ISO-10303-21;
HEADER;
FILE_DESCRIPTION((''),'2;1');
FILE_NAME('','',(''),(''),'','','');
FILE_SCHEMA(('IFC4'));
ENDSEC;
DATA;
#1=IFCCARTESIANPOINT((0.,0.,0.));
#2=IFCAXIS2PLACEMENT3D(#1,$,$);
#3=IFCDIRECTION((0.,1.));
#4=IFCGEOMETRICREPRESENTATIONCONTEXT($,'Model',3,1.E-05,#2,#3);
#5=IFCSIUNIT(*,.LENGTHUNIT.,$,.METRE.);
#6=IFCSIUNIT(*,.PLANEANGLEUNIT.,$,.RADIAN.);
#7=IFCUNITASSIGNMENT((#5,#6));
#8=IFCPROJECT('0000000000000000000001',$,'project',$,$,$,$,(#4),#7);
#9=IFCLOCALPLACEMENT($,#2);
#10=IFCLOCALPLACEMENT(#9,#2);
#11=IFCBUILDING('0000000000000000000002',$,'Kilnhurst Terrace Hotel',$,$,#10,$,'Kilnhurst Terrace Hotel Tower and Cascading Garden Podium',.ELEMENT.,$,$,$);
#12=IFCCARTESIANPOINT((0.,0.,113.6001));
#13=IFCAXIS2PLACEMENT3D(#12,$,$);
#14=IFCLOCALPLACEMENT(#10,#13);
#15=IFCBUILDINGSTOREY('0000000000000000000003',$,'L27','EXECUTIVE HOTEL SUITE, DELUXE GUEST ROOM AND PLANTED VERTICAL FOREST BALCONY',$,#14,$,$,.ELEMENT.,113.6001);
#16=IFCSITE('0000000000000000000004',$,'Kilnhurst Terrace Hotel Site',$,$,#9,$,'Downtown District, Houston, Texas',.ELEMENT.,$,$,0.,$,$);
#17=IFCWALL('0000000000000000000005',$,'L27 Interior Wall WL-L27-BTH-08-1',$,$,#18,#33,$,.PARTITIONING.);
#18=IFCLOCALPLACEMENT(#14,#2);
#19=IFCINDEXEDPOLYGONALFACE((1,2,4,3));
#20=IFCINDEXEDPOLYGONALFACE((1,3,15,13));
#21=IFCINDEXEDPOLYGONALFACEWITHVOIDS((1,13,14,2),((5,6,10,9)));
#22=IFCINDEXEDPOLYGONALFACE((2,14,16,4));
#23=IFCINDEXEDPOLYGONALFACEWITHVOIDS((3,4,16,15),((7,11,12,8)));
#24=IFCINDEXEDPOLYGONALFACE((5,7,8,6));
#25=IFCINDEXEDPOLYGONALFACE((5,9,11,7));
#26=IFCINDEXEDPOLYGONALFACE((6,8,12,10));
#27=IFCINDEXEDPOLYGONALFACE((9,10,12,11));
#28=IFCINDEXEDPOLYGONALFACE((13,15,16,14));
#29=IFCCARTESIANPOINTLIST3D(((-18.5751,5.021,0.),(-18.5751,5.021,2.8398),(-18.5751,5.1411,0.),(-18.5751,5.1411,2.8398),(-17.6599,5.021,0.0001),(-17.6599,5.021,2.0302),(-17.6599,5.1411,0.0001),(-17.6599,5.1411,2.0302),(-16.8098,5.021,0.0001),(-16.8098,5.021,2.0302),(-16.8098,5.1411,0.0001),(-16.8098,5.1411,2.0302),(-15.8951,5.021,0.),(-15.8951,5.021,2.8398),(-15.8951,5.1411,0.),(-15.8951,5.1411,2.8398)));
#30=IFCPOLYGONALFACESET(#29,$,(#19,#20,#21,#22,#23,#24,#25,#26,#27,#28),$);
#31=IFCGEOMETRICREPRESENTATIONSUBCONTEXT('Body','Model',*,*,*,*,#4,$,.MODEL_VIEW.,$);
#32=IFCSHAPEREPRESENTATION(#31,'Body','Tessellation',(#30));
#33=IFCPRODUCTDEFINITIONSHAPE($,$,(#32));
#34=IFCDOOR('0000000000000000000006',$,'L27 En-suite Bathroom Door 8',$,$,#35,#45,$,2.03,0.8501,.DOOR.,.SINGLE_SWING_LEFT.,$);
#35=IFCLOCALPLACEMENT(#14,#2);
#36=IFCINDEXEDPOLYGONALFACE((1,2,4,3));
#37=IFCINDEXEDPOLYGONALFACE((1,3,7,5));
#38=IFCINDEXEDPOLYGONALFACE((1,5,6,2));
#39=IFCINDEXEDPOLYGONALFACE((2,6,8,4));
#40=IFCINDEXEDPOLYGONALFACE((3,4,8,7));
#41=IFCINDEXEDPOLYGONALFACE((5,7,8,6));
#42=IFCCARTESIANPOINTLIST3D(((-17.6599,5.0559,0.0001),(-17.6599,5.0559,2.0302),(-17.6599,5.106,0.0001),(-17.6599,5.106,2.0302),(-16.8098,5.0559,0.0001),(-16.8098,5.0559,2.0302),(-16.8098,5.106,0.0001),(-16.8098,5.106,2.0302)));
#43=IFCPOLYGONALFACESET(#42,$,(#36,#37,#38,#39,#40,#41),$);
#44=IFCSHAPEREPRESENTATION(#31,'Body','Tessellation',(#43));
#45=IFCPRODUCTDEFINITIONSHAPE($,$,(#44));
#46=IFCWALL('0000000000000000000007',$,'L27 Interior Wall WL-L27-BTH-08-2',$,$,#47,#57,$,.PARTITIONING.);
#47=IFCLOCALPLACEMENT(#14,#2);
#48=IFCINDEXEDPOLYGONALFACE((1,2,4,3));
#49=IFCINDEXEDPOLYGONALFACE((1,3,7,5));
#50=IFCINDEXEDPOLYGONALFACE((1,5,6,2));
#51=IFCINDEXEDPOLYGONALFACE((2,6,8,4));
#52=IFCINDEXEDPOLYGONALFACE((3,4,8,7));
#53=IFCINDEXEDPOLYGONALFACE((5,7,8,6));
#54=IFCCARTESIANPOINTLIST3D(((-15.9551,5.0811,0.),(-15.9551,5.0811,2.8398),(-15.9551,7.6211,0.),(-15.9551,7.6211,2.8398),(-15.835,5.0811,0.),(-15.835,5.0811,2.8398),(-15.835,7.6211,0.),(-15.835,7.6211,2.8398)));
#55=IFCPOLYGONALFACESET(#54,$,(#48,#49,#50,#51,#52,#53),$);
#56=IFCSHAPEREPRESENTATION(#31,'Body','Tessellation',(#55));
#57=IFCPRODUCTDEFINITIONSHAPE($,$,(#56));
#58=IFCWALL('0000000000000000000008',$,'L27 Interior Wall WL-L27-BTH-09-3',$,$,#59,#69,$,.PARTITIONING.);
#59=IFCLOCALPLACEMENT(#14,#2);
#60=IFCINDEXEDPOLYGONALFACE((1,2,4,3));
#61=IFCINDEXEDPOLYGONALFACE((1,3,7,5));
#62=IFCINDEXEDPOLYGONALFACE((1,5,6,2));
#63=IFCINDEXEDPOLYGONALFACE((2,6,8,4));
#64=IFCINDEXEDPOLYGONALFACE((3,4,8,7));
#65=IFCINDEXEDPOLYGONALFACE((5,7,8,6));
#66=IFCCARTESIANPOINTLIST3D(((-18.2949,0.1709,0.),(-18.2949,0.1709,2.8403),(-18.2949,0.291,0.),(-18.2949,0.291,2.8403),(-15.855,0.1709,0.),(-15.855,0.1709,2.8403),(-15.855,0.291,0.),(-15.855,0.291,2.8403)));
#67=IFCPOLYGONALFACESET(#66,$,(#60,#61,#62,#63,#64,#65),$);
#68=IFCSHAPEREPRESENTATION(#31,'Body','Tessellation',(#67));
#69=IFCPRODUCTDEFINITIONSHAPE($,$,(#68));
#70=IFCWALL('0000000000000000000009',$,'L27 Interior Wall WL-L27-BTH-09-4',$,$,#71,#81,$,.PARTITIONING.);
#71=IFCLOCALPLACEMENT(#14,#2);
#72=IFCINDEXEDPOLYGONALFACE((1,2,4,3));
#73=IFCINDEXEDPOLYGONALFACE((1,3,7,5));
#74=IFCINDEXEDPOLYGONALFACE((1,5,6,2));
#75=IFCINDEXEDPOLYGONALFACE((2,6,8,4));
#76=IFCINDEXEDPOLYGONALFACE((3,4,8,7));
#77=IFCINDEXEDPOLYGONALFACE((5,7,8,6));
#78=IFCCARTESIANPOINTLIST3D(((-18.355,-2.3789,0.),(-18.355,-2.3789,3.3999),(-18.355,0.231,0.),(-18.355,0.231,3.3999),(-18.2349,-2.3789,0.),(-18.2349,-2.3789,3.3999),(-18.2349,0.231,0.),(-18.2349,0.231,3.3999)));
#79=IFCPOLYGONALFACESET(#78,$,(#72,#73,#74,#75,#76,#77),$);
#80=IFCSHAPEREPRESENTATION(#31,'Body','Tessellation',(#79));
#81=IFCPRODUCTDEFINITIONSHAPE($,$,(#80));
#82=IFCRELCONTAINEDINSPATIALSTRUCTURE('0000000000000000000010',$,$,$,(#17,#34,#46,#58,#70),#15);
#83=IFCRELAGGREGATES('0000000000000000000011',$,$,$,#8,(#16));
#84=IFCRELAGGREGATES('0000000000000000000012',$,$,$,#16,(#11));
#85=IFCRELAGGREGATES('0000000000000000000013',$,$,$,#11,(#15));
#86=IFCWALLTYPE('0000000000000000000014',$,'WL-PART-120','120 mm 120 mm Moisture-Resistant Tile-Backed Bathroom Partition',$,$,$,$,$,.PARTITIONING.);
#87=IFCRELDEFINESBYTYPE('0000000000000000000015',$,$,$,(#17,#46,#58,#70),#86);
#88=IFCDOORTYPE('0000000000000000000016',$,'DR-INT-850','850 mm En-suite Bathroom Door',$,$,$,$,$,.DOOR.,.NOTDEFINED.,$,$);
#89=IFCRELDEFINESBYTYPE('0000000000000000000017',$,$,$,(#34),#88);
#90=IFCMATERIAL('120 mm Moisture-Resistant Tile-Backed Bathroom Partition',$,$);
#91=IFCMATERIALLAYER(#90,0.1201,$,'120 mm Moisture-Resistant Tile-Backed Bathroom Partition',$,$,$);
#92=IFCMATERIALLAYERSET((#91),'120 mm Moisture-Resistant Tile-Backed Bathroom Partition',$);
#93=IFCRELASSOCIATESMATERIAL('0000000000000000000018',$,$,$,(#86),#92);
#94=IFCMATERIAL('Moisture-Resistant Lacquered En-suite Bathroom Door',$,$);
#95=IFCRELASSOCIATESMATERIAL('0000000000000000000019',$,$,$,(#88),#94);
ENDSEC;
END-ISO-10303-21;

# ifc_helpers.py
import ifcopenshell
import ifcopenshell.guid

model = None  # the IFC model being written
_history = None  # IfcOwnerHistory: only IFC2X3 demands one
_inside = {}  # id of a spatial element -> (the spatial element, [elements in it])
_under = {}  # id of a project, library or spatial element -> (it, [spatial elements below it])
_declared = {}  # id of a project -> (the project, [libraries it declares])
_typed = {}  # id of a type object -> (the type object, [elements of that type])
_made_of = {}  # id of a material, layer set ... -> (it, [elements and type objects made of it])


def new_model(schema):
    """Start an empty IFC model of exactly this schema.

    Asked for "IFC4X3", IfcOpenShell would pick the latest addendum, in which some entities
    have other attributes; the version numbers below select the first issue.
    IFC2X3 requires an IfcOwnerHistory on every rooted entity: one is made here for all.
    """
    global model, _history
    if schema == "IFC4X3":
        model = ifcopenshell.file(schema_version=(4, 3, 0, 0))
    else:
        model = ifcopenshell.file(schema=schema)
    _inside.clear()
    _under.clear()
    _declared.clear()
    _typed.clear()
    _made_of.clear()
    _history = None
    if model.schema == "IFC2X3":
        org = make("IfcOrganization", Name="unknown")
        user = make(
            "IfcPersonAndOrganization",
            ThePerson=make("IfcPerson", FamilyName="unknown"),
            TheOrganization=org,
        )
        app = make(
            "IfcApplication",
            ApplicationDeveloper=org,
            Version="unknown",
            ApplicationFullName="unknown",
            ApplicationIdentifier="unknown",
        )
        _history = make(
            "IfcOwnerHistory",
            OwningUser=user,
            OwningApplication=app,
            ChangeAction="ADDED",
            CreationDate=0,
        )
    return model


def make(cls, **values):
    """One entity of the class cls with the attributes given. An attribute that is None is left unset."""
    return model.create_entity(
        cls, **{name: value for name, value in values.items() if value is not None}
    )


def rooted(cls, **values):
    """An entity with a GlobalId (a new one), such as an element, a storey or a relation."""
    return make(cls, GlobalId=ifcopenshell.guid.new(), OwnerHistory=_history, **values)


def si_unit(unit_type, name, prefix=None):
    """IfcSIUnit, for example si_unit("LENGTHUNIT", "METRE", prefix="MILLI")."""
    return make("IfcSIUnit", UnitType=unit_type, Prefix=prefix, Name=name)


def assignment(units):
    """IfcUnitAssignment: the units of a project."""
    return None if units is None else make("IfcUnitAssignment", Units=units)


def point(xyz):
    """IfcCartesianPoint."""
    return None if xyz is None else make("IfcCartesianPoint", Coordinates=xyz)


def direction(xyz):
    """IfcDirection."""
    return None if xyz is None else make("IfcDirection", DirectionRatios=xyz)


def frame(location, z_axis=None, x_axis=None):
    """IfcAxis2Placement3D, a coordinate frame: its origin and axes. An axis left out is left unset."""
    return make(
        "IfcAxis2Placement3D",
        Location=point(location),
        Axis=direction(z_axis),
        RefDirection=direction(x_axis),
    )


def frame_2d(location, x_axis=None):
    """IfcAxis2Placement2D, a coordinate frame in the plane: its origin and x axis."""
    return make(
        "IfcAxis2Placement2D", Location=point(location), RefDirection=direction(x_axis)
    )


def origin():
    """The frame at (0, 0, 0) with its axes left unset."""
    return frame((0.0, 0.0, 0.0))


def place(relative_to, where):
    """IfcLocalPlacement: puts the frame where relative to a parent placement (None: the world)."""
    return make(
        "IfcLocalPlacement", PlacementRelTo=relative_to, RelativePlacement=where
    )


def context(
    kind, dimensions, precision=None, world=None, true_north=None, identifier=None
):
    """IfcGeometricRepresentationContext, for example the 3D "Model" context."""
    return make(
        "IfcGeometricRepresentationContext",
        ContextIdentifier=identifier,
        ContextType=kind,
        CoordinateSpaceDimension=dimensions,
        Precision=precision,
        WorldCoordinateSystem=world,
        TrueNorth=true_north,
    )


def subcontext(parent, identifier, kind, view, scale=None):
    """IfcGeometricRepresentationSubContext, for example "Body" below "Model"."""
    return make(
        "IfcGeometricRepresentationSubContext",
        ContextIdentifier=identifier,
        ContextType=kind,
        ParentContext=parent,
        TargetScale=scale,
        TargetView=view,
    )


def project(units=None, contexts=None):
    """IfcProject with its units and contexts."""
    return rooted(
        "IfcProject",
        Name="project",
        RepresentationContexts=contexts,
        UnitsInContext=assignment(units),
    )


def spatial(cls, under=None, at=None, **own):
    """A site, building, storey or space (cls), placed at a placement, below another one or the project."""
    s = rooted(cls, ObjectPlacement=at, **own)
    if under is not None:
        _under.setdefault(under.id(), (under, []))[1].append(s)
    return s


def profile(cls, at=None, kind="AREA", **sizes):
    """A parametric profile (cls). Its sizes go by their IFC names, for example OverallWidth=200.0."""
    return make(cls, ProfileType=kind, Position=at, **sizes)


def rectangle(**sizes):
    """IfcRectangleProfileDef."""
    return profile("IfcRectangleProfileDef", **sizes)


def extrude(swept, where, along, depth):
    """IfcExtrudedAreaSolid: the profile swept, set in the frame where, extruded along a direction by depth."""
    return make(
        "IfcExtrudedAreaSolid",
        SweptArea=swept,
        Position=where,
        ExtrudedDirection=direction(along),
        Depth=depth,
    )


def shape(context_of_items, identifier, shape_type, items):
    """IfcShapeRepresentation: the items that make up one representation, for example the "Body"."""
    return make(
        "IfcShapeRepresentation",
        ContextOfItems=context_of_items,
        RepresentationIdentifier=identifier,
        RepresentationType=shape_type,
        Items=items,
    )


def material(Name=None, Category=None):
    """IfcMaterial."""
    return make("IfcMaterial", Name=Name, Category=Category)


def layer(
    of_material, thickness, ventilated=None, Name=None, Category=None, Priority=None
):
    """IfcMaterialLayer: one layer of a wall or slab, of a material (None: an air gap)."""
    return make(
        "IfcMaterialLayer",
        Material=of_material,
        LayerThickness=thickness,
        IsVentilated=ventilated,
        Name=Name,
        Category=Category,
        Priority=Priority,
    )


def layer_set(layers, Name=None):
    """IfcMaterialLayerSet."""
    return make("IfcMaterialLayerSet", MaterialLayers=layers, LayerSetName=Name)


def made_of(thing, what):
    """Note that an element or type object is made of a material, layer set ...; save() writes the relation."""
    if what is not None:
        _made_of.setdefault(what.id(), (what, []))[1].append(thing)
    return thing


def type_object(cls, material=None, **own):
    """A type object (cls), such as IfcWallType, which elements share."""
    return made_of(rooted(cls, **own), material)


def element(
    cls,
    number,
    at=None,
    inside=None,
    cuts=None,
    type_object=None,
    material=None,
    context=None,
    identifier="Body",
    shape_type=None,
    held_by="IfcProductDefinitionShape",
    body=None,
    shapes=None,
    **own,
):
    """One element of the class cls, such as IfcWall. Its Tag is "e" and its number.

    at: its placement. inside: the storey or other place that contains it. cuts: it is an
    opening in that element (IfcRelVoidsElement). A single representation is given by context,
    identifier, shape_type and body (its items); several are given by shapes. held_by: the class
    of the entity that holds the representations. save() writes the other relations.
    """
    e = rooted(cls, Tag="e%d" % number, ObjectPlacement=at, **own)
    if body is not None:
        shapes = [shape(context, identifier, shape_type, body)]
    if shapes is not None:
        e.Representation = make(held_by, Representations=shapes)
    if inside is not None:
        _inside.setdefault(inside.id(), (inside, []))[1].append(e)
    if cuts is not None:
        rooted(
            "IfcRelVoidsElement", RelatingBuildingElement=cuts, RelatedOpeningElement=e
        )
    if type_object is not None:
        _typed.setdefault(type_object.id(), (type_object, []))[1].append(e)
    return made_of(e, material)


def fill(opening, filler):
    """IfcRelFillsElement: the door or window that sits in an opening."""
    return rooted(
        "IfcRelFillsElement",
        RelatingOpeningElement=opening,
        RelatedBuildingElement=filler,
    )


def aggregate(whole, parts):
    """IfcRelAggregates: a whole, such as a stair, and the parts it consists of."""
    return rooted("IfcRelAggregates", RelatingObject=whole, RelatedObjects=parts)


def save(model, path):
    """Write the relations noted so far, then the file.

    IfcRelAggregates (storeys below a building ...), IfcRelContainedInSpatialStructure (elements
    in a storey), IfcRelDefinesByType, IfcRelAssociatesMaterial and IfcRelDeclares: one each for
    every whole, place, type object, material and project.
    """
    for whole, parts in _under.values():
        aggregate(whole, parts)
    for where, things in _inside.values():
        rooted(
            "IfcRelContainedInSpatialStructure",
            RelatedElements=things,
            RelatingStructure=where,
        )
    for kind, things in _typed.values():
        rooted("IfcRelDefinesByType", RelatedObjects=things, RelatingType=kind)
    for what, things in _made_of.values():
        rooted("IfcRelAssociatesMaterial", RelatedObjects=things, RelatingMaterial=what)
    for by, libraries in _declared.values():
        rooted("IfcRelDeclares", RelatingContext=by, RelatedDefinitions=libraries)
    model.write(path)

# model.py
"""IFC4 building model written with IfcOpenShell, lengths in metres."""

from ifc_helpers import new_model, si_unit, direction, frame, frame_2d, origin, place, context, subcontext, project, spatial, rectangle, extrude, material, layer, layer_set, type_object, element, fill, save


model = new_model("IFC4")

# Units and contexts
model_context = context("Model", 3, precision=1e-05, world=origin(), true_north=direction((0.0, 1.0)))
body_context = subcontext(model_context, "Body", "Model", "MODEL_VIEW")
ifc_project = project(units=[si_unit("LENGTHUNIT", "METRE"), si_unit("PLANEANGLEUNIT", "RADIAN")], contexts=[model_context])

# Site, building, storey
site_placement = place(None, origin())
site = spatial("IfcSite", under=ifc_project, at=site_placement, Name="Kilnhurst Terrace Hotel Site", LongName="Downtown District, Houston, Texas", CompositionType="ELEMENT", RefElevation=0.0)
building_placement = place(site_placement, origin())
building = spatial("IfcBuilding", under=site, at=building_placement, Name="Kilnhurst Terrace Hotel", LongName="Kilnhurst Terrace Hotel Tower and Cascading Garden Podium", CompositionType="ELEMENT")
storey_placement = place(building_placement, frame((0.0, 0.0, 113.6001)))
storey = spatial("IfcBuildingStorey", under=building, at=storey_placement, Name="L27", Description="EXECUTIVE HOTEL SUITE, DELUXE GUEST ROOM AND PLANTED VERTICAL FOREST BALCONY", CompositionType="ELEMENT", Elevation=113.6001)

# Wall, opening, door
ifc_material_1 = material(Name="120 mm Moisture-Resistant Tile-Backed Bathroom Partition")
ifc_layer_1 = layer(ifc_material_1, 0.1201, Name="120 mm Moisture-Resistant Tile-Backed Bathroom Partition")
ifc_layer_set_1 = layer_set([ifc_layer_1], Name="120 mm Moisture-Resistant Tile-Backed Bathroom Partition")
wall_type_1 = type_object("IfcWallType", Name="WL-PART-120", Description="120 mm 120 mm Moisture-Resistant Tile-Backed Bathroom Partition", PredefinedType="PARTITIONING", material=ifc_layer_set_1)
wall_1_placement = place(storey_placement, frame((-18.575, 5.0811, 0.0), z_axis=(0.0, 0.0, 1.0), x_axis=(1.0, 0.0, 0.0)))
wall_1 = element("IfcWall", 1, at=wall_1_placement, inside=storey, type_object=wall_type_1, Name="L27 Interior Wall WL-L27-BTH-08-1", PredefinedType="PARTITIONING", context=body_context, shape_type="SweptSolid", body=[
    extrude(rectangle(XDim=2.6799, YDim=0.1201, at=frame_2d((1.3398, 0.0))), origin(), (0.0, 0.0, 1.0), 2.8398),
])
opening_placement = place(wall_1_placement, frame((0.915, 0.0, 0.0)))
opening = element("IfcOpeningElement", 2, at=opening_placement, cuts=wall_1, PredefinedType="OPENING", context=body_context, shape_type="SweptSolid", body=[
    extrude(rectangle(XDim=0.8501, YDim=2.03, at=frame_2d((0.425, 1.0151))), frame((0.0, 0.0701, 0.0), z_axis=(0.0, -1.0, 0.0), x_axis=(1.0, 0.0, 0.0)), (0.0, 0.0, 1.0), 0.1401),
])
ifc_material_2 = material(Name="Moisture-Resistant Lacquered En-suite Bathroom Door")
door_type = type_object("IfcDoorType", Name="DR-INT-850", Description="850 mm En-suite Bathroom Door", OperationType="NOTDEFINED", PredefinedType="DOOR", material=ifc_material_2)
door_placement = place(opening_placement, origin())
door = element("IfcDoor", 3, at=door_placement, inside=storey, type_object=door_type, Name="L27 En-suite Bathroom Door 8", OperationType="SINGLE_SWING_LEFT", OverallHeight=2.03, OverallWidth=0.8501, PredefinedType="DOOR", context=body_context, shape_type="SweptSolid", body=[
    extrude(rectangle(XDim=0.8501, YDim=2.03, at=frame_2d((0.425, 1.0151))), frame((0.0, 0.0249, 0.0), z_axis=(0.0, -1.0, 0.0), x_axis=(1.0, 0.0, 0.0)), (0.0, 0.0, 1.0), 0.05),
])
fill(opening, door)

# Walls
wall_2_placement = place(storey_placement, frame((-15.895, 5.0811, 0.0), z_axis=(0.0, 0.0, 1.0), x_axis=(0.0, 1.0, 0.0)))
element("IfcWall", 4, at=wall_2_placement, inside=storey, type_object=wall_type_1, Name="L27 Interior Wall WL-L27-BTH-08-2", PredefinedType="PARTITIONING", context=body_context, shape_type="SweptSolid", body=[
    extrude(rectangle(XDim=2.54, YDim=0.1201, at=frame_2d((1.27, 0.0))), origin(), (0.0, 0.0, 1.0), 2.8398),
])
wall_3_placement = place(storey_placement, frame((-15.855, 0.231, 0.0), z_axis=(0.0, 0.0, 1.0), x_axis=(-1.0, 0.0, 0.0)))
element("IfcWall", 5, at=wall_3_placement, inside=storey, type_object=wall_type_1, Name="L27 Interior Wall WL-L27-BTH-09-3", PredefinedType="PARTITIONING", context=body_context, shape_type="SweptSolid", body=[
    extrude(rectangle(XDim=2.4399, YDim=0.1201, at=frame_2d((1.22, 0.0))), origin(), (0.0, 0.0, 1.0), 2.8403),
])
wall_4_placement = place(storey_placement, frame((-18.2949, 0.231, 0.0), z_axis=(0.0, 0.0, 1.0), x_axis=(0.0, -1.0, 0.0)))
element("IfcWall", 6, at=wall_4_placement, inside=storey, type_object=wall_type_1, Name="L27 Interior Wall WL-L27-BTH-09-4", PredefinedType="PARTITIONING", context=body_context, shape_type="SweptSolid", body=[
    extrude(rectangle(XDim=2.6099, YDim=0.1201, at=frame_2d((1.3049, 0.0))), origin(), (0.0, 0.0, 1.0), 3.3999),
])

save(model, "model.ifc")
